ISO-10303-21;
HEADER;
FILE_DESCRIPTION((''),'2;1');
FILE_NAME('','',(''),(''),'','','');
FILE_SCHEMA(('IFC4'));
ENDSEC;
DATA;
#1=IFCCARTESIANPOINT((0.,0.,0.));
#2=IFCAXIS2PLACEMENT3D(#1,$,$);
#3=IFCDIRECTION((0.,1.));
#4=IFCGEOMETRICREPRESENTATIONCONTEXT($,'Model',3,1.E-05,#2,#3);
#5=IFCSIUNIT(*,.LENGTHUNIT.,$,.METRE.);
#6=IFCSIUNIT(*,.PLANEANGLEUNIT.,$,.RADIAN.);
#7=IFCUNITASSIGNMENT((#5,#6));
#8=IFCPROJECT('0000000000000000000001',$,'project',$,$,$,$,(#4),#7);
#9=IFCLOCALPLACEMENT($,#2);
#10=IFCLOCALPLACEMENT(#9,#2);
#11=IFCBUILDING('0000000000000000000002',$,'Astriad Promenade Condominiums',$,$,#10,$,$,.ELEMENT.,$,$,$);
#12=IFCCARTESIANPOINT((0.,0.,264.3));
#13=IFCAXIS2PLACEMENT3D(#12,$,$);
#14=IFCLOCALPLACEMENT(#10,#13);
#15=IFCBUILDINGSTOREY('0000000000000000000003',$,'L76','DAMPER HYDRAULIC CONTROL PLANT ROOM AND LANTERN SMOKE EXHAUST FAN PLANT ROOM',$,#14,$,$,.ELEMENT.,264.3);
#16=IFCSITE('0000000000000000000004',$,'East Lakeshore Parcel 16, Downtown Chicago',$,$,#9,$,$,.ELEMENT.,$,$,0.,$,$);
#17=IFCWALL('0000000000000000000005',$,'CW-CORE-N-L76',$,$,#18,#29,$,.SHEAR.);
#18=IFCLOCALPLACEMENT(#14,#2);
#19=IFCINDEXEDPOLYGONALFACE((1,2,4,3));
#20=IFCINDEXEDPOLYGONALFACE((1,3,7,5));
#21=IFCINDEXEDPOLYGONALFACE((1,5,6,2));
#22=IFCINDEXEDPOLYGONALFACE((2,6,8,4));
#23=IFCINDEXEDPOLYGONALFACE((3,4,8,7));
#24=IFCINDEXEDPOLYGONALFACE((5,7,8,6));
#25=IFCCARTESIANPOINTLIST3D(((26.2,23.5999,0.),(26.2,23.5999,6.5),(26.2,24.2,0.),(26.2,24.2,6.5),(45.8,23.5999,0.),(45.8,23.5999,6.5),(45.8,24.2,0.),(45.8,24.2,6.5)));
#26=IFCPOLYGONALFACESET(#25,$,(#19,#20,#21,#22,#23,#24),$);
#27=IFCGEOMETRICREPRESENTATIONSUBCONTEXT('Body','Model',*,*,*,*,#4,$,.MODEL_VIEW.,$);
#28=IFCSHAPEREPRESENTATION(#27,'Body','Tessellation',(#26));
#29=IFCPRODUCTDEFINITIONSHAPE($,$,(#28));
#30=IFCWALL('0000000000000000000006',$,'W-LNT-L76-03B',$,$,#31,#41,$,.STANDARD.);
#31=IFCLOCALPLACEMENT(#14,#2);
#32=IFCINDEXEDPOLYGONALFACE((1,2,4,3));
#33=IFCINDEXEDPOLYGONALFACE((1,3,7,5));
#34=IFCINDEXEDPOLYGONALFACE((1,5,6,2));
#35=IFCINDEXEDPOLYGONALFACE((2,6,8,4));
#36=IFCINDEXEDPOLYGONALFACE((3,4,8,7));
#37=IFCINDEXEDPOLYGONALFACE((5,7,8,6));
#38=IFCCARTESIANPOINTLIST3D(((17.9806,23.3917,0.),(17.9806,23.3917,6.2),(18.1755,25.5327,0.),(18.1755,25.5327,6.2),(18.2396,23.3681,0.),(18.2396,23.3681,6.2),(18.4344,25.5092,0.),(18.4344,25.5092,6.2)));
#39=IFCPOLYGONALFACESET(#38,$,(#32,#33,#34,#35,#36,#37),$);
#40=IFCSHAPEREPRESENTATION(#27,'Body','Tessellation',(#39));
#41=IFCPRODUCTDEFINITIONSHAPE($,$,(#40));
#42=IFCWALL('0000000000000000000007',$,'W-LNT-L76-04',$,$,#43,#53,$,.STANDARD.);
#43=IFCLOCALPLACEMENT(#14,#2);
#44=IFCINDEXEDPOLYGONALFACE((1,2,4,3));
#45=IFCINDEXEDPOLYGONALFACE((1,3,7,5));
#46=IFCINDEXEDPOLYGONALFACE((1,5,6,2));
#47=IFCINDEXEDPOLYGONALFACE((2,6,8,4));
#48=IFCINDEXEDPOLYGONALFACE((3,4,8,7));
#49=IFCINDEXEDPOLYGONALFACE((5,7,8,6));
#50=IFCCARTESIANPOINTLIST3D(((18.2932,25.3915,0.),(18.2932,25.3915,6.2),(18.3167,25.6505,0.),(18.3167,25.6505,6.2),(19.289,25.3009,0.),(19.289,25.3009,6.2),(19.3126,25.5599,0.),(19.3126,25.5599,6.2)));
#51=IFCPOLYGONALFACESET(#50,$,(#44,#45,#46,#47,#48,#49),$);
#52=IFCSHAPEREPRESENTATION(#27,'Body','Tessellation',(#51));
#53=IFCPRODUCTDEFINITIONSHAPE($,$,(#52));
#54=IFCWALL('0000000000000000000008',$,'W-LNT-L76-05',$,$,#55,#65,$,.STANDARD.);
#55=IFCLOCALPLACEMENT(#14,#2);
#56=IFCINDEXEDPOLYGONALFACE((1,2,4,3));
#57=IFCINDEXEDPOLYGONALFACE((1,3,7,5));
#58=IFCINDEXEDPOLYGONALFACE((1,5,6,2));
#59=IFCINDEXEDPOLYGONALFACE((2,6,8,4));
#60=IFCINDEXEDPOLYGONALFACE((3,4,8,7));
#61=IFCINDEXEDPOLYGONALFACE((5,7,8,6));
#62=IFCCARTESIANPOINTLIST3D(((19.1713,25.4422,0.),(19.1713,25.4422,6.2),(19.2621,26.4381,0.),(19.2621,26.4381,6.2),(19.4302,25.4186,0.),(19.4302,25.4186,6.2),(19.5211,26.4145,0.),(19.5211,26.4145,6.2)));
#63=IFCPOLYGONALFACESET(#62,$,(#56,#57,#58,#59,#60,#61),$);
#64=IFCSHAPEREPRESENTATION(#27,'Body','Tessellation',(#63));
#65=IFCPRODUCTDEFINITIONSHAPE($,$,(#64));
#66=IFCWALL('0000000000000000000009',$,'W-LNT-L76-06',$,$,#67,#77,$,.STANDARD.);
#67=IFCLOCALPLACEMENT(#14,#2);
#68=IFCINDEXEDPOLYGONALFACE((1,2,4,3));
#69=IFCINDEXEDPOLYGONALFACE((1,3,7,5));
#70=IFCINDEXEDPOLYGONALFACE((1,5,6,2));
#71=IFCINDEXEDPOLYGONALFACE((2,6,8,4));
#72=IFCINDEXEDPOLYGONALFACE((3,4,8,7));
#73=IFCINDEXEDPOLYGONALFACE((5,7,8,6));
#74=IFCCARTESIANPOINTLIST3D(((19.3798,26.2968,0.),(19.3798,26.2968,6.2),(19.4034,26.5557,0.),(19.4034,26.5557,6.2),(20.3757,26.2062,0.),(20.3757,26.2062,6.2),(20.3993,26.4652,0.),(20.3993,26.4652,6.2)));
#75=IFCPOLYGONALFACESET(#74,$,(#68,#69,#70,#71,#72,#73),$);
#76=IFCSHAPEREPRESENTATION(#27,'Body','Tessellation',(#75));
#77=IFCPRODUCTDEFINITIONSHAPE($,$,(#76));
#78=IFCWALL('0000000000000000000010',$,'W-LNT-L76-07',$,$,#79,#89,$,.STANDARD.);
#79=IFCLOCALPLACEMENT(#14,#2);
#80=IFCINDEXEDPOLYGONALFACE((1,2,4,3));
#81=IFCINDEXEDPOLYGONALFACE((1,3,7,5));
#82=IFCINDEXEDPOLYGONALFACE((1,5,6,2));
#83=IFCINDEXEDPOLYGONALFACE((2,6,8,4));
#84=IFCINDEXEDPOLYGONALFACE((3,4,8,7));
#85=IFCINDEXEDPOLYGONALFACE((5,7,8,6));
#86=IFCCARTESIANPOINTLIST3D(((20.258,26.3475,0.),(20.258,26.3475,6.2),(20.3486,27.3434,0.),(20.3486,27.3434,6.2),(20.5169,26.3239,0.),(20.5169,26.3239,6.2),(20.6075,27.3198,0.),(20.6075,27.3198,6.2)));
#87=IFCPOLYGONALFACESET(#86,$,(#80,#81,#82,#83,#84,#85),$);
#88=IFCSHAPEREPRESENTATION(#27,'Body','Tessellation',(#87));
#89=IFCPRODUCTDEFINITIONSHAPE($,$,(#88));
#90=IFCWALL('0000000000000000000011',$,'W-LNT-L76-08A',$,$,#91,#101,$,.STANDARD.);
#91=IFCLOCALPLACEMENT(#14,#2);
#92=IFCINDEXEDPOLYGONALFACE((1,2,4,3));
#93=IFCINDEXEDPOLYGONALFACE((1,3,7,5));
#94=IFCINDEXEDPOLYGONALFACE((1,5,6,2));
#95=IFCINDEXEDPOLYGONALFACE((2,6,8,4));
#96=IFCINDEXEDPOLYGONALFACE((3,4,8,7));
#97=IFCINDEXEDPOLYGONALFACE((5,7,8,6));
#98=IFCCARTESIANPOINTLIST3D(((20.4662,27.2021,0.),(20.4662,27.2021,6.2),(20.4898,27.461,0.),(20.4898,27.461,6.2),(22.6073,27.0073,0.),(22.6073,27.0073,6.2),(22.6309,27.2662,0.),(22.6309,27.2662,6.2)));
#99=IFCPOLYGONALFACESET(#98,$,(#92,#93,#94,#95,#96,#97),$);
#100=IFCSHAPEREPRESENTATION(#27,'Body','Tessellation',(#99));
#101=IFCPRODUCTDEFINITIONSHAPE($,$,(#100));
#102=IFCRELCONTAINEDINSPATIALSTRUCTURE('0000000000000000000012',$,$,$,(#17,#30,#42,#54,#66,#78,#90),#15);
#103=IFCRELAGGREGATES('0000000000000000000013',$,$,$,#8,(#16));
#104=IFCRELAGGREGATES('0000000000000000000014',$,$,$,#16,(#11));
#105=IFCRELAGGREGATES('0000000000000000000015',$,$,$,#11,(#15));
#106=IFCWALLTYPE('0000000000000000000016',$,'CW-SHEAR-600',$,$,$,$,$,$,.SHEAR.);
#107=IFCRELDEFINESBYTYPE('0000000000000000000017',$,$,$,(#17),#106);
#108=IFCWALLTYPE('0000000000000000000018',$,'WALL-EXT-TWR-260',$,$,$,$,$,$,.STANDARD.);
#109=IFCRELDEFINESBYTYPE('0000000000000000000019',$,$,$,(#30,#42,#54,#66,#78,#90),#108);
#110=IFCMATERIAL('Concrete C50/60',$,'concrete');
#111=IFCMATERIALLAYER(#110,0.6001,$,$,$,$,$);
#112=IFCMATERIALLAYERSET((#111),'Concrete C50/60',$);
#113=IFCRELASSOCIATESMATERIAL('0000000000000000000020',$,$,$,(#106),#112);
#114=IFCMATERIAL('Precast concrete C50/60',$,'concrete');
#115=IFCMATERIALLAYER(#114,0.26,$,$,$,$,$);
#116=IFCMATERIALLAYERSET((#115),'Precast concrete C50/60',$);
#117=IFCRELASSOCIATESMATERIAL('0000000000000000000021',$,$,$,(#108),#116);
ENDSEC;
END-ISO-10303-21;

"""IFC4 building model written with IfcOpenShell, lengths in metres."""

from ifc_helpers import new_model, si_unit, direction, frame, frame_2d, origin, place, context, subcontext, project, spatial, rectangle, extrude, material, layer, layer_set, type_object, element, save


model = new_model("IFC4")

# Units and contexts
model_context = context("Model", 3, precision=1e-05, world=origin(), true_north=direction((0.0, 1.0)))
body_context = subcontext(model_context, "Body", "Model", "MODEL_VIEW")
ifc_project = project(units=[si_unit("LENGTHUNIT", "METRE"), si_unit("PLANEANGLEUNIT", "RADIAN")], contexts=[model_context])

# Site, building, storey
site_placement = place(None, origin())
site = spatial("IfcSite", under=ifc_project, at=site_placement, Name="East Lakeshore Parcel 16, Downtown Chicago", CompositionType="ELEMENT", RefElevation=0.0)
building_placement = place(site_placement, origin())
building = spatial("IfcBuilding", under=site, at=building_placement, Name="Astriad Promenade Condominiums", CompositionType="ELEMENT")
storey_placement = place(building_placement, frame((0.0, 0.0, 264.3)))
storey = spatial("IfcBuildingStorey", under=building, at=storey_placement, Name="L76", Description="DAMPER HYDRAULIC CONTROL PLANT ROOM AND LANTERN SMOKE EXHAUST FAN PLANT ROOM", CompositionType="ELEMENT", Elevation=264.3)

# Shared definitions
ifc_material_1 = material(Name="Concrete C50/60", Category="concrete")
ifc_layer_1 = layer(ifc_material_1, 0.6001)
ifc_layer_set_1 = layer_set([ifc_layer_1], Name="Concrete C50/60")
wall_type_1 = type_object("IfcWallType", Name="CW-SHEAR-600", PredefinedType="SHEAR", material=ifc_layer_set_1)

# Walls
wall_1_placement = place(storey_placement, frame((26.2, 23.8999, 0.0), z_axis=(0.0, 0.0, 1.0), x_axis=(1.0, 0.0, 0.0)))
element("IfcWall", 1, at=wall_1_placement, inside=storey, type_object=wall_type_1, Name="CW-CORE-N-L76", PredefinedType="SHEAR", context=body_context, shape_type="SweptSolid", body=[
    extrude(rectangle(XDim=19.6001, YDim=0.6001, at=frame_2d((9.8, 0.0))), origin(), (0.0, 0.0, 1.0), 6.5),
])
ifc_material_2 = material(Name="Precast concrete C50/60", Category="concrete")
ifc_layer_2 = layer(ifc_material_2, 0.26)
ifc_layer_set_2 = layer_set([ifc_layer_2], Name="Precast concrete C50/60")
wall_type_2 = type_object("IfcWallType", Name="WALL-EXT-TWR-260", PredefinedType="STANDARD", material=ifc_layer_set_2)
wall_2_placement = place(storey_placement, frame((18.1101, 23.3799, 0.0), z_axis=(0.0, 0.0, 1.0), x_axis=(0.090618, 0.995886, 0.0)))
element("IfcWall", 2, at=wall_2_placement, inside=storey, type_object=wall_type_2, Name="W-LNT-L76-03B", PredefinedType="STANDARD", context=body_context, shape_type="SweptSolid", body=[
    extrude(rectangle(XDim=2.1499, YDim=0.26, at=frame_2d((1.075, 0.0))), origin(), (0.0, 0.0, 1.0), 6.2),
])
for number, where, z_axis, x_axis, name in (
    (3, (18.3049, 25.521, 0.0), (0.0, 0.0, 1.0), (0.995889, -0.09058, 0.0), "W-LNT-L76-04"),
    (4, (19.3008, 25.4304, 0.0), (0.0, 0.0, 1.0), (0.090822, 0.995867, 0.0), "W-LNT-L76-05"),
    (5, (19.3916, 26.4263, 0.0), (0.0, 0.0, 1.0), (0.995889, -0.09058, 0.0), "W-LNT-L76-06"),
    (6, (20.3875, 26.3357, 0.0), (0.0, 0.0, 1.0), (0.09058, 0.995889, 0.0), "W-LNT-L76-07"),
):
    element("IfcWall", number, at=place(storey_placement, frame(where, z_axis=z_axis, x_axis=x_axis)), inside=storey, type_object=wall_type_2, Name=name, PredefinedType="STANDARD", context=body_context, shape_type="SweptSolid", body=[
        extrude(rectangle(XDim=1.0, YDim=0.26, at=frame_2d((0.5, 0.0))), origin(), (0.0, 0.0, 1.0), 6.2),
    ])
wall_3_placement = place(storey_placement, frame((20.478, 27.3315, 0.0), z_axis=(0.0, 0.0, 1.0), x_axis=(0.995886, -0.090618, 0.0)))
element("IfcWall", 7, at=wall_3_placement, inside=storey, type_object=wall_type_2, Name="W-LNT-L76-08A", PredefinedType="STANDARD", context=body_context, shape_type="SweptSolid", body=[
    extrude(rectangle(XDim=2.1499, YDim=0.26, at=frame_2d((1.075, 0.0))), origin(), (0.0, 0.0, 1.0), 6.2),
])

save(model, "model.ifc")
